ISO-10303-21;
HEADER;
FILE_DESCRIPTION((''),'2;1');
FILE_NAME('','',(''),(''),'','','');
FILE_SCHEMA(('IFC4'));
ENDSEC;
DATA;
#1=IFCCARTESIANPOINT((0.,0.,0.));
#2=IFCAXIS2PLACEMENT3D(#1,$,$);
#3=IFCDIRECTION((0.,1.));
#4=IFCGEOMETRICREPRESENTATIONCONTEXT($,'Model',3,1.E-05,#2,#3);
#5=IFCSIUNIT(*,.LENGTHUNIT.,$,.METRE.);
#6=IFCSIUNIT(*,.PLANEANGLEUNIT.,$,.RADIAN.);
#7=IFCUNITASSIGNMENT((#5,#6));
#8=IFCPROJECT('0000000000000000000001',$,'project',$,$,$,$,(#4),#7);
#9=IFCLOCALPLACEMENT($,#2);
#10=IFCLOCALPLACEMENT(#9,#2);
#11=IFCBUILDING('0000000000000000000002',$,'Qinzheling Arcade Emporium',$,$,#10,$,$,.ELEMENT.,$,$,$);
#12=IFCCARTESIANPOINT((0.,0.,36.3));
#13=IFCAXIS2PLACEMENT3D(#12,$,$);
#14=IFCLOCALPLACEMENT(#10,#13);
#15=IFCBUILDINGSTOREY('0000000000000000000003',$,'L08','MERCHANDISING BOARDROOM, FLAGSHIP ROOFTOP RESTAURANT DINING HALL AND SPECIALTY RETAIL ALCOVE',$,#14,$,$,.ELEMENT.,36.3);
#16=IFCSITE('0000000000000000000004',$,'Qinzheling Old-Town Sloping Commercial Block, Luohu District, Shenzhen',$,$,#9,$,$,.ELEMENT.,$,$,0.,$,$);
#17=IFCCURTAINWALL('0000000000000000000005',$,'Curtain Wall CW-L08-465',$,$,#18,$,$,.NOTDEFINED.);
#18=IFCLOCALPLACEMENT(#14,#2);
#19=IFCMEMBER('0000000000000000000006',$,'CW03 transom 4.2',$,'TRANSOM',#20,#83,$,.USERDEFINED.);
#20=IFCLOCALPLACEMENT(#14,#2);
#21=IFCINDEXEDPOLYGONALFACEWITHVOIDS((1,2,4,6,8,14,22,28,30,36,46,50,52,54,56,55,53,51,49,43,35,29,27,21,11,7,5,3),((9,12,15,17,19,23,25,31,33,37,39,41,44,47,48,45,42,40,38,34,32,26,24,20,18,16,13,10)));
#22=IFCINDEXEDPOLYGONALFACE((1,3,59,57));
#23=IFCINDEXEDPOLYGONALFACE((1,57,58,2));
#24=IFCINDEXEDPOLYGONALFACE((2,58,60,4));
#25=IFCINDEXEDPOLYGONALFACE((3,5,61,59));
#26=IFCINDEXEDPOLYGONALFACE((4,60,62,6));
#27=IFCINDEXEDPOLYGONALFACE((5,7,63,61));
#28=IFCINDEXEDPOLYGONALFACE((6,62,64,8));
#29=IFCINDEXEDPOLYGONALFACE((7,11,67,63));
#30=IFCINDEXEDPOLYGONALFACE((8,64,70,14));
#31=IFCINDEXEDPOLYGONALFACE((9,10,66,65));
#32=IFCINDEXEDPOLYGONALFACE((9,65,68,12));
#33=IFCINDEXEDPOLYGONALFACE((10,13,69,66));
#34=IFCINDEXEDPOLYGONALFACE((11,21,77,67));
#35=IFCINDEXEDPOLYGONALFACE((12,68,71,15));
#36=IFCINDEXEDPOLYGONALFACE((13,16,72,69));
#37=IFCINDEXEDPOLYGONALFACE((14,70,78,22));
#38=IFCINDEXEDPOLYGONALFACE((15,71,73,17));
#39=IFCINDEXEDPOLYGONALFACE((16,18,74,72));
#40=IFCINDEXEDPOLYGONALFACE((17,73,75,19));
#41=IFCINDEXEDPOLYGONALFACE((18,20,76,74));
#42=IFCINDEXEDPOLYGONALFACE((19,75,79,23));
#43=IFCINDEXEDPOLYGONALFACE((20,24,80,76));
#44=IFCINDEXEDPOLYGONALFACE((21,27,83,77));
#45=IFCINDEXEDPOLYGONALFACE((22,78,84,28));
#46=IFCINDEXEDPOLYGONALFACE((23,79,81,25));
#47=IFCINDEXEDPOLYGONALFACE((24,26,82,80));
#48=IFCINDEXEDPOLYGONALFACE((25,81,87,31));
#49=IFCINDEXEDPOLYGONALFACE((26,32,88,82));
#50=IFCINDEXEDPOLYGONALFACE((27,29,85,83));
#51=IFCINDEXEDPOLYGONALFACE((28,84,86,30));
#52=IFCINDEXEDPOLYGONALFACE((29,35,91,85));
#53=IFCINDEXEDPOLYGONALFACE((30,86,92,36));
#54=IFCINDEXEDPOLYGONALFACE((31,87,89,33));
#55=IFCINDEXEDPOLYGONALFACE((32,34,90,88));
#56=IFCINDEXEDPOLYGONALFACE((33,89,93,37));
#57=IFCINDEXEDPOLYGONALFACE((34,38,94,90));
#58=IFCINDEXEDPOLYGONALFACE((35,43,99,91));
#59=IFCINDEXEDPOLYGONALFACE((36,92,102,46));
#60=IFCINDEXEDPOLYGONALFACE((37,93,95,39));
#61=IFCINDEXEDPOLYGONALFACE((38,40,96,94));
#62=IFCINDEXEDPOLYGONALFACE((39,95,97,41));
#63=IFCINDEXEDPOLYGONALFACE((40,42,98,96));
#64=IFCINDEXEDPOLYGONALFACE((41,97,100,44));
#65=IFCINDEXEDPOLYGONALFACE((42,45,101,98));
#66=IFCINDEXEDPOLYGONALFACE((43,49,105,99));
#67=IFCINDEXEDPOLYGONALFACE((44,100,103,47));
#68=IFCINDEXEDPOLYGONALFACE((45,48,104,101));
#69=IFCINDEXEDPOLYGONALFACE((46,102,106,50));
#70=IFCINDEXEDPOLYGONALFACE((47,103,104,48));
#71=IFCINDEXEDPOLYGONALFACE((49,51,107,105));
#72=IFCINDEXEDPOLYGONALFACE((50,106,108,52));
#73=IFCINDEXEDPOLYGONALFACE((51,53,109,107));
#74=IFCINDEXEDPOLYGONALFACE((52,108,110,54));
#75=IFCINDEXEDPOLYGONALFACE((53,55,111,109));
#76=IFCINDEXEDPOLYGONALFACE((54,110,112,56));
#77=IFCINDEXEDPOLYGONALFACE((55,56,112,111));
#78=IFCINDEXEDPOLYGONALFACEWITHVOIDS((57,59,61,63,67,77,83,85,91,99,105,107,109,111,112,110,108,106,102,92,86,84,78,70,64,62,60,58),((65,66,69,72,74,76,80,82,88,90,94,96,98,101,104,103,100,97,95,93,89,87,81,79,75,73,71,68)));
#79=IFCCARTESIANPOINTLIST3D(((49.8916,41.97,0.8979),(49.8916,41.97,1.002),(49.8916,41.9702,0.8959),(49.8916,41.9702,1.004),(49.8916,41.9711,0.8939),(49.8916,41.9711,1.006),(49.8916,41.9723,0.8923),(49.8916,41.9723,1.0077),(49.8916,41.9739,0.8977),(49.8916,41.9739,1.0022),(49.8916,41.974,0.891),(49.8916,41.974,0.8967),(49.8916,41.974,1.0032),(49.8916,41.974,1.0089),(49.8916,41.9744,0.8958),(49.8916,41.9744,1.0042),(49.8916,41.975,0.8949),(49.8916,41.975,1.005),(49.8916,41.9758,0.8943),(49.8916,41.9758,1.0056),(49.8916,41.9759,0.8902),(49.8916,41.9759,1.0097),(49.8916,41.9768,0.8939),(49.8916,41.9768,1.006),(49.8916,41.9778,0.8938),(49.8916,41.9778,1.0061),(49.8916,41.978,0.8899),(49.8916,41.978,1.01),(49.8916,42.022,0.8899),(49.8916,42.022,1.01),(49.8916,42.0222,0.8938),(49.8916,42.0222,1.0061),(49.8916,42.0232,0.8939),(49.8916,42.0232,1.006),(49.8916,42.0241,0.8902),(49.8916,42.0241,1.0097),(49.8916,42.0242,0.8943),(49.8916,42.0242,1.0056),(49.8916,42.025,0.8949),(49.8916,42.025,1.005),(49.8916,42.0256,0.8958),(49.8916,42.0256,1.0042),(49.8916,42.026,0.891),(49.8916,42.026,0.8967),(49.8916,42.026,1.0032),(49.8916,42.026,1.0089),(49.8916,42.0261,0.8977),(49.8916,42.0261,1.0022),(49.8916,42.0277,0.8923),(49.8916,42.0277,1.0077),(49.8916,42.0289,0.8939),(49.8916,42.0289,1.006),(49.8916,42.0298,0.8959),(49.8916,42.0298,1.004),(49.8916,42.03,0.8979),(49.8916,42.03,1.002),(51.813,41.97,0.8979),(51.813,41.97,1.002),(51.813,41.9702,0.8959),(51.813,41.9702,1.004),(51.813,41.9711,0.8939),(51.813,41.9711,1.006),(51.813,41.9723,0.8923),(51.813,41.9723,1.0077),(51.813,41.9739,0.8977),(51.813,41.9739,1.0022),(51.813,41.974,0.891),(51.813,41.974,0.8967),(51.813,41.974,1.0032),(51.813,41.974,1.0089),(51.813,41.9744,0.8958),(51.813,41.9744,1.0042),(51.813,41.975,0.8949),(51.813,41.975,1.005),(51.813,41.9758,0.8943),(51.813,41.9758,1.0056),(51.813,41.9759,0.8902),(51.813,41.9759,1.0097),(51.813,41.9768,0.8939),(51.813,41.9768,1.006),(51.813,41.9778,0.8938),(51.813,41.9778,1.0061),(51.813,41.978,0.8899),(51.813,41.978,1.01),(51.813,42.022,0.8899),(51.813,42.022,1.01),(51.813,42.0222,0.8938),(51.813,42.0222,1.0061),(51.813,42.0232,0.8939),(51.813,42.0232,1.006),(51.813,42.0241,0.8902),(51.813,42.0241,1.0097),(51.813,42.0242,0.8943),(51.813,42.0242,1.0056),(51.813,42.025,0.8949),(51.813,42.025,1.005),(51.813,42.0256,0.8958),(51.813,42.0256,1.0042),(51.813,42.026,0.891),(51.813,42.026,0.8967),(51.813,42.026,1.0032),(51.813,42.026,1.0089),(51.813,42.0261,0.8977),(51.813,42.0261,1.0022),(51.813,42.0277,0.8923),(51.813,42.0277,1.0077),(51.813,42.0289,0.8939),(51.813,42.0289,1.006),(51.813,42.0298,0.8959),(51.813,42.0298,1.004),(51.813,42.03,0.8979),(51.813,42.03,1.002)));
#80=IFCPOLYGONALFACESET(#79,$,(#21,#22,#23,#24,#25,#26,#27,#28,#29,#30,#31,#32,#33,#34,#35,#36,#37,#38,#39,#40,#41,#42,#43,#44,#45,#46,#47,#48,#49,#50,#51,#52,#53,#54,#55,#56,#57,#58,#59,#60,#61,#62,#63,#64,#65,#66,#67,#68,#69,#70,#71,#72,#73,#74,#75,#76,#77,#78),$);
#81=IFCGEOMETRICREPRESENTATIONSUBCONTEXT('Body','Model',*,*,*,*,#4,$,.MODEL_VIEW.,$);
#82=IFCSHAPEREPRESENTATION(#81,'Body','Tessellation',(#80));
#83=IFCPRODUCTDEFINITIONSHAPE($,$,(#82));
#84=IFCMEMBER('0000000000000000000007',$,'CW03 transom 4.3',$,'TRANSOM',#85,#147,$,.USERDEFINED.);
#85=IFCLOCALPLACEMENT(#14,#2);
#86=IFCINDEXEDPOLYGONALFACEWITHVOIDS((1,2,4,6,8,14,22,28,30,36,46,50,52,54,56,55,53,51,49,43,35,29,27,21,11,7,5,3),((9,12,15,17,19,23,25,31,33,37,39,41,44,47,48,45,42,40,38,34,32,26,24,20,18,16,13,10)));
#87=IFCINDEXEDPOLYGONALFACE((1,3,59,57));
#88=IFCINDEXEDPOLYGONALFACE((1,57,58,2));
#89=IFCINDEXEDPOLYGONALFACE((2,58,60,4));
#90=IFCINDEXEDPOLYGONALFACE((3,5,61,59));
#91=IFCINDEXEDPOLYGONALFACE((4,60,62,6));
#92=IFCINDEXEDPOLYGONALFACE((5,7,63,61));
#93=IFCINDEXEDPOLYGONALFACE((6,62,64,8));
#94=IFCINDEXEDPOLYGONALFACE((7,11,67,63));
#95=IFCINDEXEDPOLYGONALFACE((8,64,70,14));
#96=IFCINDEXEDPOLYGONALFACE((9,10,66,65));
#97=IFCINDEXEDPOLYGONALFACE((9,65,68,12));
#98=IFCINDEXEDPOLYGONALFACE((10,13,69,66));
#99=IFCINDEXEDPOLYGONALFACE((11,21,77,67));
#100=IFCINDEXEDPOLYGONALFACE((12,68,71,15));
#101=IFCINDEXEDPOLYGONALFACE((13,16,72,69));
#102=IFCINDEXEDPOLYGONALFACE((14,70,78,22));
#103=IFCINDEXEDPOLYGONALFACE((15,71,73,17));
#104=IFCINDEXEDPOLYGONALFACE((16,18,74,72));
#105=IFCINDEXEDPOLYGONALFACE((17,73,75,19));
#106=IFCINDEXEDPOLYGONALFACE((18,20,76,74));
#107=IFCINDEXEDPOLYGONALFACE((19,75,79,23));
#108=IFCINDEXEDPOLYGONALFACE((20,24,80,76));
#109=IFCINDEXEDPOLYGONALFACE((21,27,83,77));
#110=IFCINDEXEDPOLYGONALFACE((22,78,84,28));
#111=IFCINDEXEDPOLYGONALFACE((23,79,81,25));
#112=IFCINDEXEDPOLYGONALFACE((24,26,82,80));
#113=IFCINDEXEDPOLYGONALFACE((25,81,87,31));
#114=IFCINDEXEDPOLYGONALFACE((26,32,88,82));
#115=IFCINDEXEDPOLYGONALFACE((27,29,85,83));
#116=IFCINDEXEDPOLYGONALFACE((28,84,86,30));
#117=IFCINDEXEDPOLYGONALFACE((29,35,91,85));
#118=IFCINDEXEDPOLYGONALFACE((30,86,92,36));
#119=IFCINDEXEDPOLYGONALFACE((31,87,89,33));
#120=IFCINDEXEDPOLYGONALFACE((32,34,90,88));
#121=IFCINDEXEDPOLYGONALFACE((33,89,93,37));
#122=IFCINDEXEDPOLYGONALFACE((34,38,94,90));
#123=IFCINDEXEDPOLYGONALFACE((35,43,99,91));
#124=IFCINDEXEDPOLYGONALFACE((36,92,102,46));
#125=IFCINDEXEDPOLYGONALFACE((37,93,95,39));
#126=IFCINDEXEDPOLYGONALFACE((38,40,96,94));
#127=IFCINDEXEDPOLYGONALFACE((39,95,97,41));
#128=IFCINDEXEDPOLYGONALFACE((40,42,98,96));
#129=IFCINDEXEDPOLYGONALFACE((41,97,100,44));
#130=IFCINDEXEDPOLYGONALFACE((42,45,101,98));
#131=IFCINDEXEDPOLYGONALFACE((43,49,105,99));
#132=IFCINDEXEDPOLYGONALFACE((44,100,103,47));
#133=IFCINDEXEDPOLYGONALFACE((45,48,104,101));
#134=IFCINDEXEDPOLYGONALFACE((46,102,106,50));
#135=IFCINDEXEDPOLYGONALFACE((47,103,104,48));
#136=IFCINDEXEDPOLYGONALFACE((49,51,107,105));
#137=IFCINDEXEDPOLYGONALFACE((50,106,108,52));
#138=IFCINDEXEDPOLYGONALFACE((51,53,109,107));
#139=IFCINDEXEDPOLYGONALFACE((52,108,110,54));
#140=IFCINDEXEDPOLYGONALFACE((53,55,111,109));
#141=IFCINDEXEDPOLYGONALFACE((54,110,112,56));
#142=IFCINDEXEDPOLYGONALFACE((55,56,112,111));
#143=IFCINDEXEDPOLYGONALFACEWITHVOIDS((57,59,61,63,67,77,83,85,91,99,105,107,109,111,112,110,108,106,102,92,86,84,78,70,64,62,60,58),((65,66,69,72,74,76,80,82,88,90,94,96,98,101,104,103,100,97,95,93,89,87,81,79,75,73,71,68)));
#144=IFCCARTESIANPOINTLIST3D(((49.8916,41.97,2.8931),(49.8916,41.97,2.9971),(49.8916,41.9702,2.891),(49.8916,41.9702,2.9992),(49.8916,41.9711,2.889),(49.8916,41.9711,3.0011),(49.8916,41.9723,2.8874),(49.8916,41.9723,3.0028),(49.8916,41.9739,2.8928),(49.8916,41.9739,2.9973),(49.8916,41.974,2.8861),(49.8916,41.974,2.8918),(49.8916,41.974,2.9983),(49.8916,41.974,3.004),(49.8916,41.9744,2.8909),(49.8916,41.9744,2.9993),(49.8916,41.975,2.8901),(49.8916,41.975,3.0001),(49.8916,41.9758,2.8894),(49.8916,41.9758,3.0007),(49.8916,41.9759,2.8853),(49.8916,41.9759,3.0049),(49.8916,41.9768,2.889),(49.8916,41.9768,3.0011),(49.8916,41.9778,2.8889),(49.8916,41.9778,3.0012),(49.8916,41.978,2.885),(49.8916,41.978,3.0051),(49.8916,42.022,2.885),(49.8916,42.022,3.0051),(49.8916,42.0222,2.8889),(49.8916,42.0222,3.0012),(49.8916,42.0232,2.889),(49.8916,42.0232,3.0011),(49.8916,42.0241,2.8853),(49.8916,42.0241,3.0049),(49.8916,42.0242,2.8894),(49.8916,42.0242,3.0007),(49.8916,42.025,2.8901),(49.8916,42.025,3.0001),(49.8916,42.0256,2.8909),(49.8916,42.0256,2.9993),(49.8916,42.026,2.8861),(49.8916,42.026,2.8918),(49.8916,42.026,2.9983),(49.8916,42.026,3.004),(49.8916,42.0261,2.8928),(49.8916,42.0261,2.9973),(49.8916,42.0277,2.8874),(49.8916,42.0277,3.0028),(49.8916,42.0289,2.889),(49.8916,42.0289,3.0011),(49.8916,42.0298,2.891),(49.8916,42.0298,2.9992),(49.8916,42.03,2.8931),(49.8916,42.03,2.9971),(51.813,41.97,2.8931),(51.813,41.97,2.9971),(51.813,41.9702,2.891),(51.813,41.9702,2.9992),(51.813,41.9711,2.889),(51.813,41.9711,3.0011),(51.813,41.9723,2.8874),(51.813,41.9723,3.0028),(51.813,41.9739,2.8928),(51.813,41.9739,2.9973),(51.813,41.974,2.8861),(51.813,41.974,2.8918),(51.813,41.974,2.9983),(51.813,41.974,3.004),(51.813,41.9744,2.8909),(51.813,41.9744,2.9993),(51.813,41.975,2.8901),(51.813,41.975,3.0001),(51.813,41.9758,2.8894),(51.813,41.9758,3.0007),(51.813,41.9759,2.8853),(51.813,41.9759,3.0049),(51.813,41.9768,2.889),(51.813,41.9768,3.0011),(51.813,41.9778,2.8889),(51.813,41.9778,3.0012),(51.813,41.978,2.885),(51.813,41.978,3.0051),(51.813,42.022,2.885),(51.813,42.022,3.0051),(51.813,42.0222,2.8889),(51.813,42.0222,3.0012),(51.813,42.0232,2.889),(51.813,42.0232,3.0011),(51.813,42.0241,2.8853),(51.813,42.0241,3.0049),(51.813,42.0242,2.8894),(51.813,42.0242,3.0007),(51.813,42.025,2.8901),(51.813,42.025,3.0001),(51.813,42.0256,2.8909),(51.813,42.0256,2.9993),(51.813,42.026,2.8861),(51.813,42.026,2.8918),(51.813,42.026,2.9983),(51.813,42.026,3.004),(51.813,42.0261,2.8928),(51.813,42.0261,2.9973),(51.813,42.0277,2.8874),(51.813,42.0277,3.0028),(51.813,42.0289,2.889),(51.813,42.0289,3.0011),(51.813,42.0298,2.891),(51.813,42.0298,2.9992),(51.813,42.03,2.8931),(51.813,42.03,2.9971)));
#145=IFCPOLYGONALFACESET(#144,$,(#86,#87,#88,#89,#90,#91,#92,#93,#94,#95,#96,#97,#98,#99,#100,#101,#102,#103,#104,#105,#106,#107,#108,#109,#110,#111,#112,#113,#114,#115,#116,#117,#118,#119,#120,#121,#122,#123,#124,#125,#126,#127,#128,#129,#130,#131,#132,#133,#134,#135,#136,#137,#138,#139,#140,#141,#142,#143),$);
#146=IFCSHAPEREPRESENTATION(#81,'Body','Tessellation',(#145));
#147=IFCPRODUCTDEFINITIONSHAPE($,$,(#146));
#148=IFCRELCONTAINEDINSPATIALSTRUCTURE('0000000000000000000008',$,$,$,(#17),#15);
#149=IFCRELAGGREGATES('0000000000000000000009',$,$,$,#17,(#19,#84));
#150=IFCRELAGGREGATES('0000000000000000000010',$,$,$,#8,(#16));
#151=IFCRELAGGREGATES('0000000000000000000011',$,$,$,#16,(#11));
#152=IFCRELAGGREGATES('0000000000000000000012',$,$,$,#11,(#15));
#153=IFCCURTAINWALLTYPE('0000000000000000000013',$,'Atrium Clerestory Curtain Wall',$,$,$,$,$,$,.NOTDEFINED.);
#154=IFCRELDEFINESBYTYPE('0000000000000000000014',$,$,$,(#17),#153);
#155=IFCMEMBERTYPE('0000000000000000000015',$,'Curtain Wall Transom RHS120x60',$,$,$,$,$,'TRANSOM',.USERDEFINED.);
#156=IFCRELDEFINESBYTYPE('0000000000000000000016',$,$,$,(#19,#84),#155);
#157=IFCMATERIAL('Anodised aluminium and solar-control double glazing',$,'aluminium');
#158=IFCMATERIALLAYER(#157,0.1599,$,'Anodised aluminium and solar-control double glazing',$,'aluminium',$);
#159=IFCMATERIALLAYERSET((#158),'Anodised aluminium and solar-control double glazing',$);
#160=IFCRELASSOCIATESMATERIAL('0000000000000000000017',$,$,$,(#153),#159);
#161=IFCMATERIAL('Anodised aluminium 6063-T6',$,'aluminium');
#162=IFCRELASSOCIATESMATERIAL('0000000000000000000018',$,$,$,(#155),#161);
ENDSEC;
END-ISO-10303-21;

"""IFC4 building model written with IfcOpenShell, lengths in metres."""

from ifc_helpers import new_model, si_unit, direction, frame, origin, origin_2d, place, context, subcontext, project, spatial, hollow_rectangle, extrude, material, layer, layer_set, material_profile, profile_set, type_object, element, aggregate, save


model = new_model("IFC4")

# Units and contexts
model_context = context("Model", 3, precision=1e-05, world=origin(), true_north=direction((0.0, 1.0)))
body_context = subcontext(model_context, "Body", "Model", "MODEL_VIEW")
ifc_project = project(units=[si_unit("LENGTHUNIT", "METRE"), si_unit("PLANEANGLEUNIT", "RADIAN")], contexts=[model_context])

# Site, building, storey
site_placement = place(None, origin())
site = spatial("IfcSite", under=ifc_project, at=site_placement, Name="Qinzheling Old-Town Sloping Commercial Block, Luohu District, Shenzhen", CompositionType="ELEMENT", RefElevation=0.0)
building_placement = place(site_placement, origin())
building = spatial("IfcBuilding", under=site, at=building_placement, Name="Qinzheling Arcade Emporium", CompositionType="ELEMENT")
storey_placement = place(building_placement, frame((0.0, 0.0, 36.3)))
storey = spatial("IfcBuildingStorey", under=building, at=storey_placement, Name="L08", Description="MERCHANDISING BOARDROOM, FLAGSHIP ROOFTOP RESTAURANT DINING HALL AND SPECIALTY RETAIL ALCOVE", CompositionType="ELEMENT", Elevation=36.3)

# Curtain wall, members
ifc_material_1 = material(Name="Anodised aluminium and solar-control double glazing", Category="aluminium")
ifc_layer_1 = layer(ifc_material_1, 0.1599, Name="Anodised aluminium and solar-control double glazing", Category="aluminium")
ifc_layer_set_1 = layer_set([ifc_layer_1], Name="Anodised aluminium and solar-control double glazing")
curtain_wall_type = type_object("IfcCurtainWallType", Name="Atrium Clerestory Curtain Wall", PredefinedType="NOTDEFINED", material=ifc_layer_set_1)
curtain_wall_placement = place(storey_placement, origin())
curtain_wall = element("IfcCurtainWall", 1, at=curtain_wall_placement, inside=storey, type_object=curtain_wall_type, Name="Curtain Wall CW-L08-465", PredefinedType="NOTDEFINED")
ifc_material_2 = material(Name="Anodised aluminium 6063-T6", Category="aluminium")
ifc_material_profile_1 = material_profile(ifc_material_2, hollow_rectangle(XDim=0.0601, YDim=0.1201, WallThickness=0.0039, InnerFilletRadius=0.0039, OuterFilletRadius=0.0081, at=origin_2d()), Name="RHS 120x60x4", Category="aluminium")
ifc_profile_set_1 = profile_set([ifc_material_profile_1], Name="Anodised aluminium 6063-T6")
member_type_1 = type_object("IfcMemberType", Name="Curtain Wall Transom RHS120x60", ElementType="TRANSOM", PredefinedType="USERDEFINED", material=ifc_profile_set_1)
member_1_placement = place(storey_placement, frame((49.8916, 42.0, 0.95), z_axis=(1.0, 0.0, 0.0), x_axis=(0.0, 1.0, 0.0)))
member_1 = element("IfcMember", 2, at=member_1_placement, type_object=member_type_1, Name="CW03 transom 4.2", ObjectType="TRANSOM", PredefinedType="USERDEFINED", context=body_context, shape_type="SweptSolid", body=[
    extrude(hollow_rectangle(XDim=0.0601, YDim=0.1201, WallThickness=0.0039, InnerFilletRadius=0.0039, OuterFilletRadius=0.0081, at=origin_2d()), origin(), (0.0, 0.0, 1.0), 1.9214),
])
member_2_placement = place(storey_placement, frame((49.8916, 42.0, 2.9451), z_axis=(1.0, 0.0, 0.0), x_axis=(0.0, 1.0, 0.0)))
member_2 = element("IfcMember", 3, at=member_2_placement, type_object=member_type_1, Name="CW03 transom 4.3", ObjectType="TRANSOM", PredefinedType="USERDEFINED", context=body_context, shape_type="SweptSolid", body=[
    extrude(hollow_rectangle(XDim=0.0601, YDim=0.1201, WallThickness=0.0039, InnerFilletRadius=0.0039, OuterFilletRadius=0.0081, at=origin_2d()), origin(), (0.0, 0.0, 1.0), 1.9214),
])
aggregate(curtain_wall, [member_1, member_2])

save(model, "model.ifc")
